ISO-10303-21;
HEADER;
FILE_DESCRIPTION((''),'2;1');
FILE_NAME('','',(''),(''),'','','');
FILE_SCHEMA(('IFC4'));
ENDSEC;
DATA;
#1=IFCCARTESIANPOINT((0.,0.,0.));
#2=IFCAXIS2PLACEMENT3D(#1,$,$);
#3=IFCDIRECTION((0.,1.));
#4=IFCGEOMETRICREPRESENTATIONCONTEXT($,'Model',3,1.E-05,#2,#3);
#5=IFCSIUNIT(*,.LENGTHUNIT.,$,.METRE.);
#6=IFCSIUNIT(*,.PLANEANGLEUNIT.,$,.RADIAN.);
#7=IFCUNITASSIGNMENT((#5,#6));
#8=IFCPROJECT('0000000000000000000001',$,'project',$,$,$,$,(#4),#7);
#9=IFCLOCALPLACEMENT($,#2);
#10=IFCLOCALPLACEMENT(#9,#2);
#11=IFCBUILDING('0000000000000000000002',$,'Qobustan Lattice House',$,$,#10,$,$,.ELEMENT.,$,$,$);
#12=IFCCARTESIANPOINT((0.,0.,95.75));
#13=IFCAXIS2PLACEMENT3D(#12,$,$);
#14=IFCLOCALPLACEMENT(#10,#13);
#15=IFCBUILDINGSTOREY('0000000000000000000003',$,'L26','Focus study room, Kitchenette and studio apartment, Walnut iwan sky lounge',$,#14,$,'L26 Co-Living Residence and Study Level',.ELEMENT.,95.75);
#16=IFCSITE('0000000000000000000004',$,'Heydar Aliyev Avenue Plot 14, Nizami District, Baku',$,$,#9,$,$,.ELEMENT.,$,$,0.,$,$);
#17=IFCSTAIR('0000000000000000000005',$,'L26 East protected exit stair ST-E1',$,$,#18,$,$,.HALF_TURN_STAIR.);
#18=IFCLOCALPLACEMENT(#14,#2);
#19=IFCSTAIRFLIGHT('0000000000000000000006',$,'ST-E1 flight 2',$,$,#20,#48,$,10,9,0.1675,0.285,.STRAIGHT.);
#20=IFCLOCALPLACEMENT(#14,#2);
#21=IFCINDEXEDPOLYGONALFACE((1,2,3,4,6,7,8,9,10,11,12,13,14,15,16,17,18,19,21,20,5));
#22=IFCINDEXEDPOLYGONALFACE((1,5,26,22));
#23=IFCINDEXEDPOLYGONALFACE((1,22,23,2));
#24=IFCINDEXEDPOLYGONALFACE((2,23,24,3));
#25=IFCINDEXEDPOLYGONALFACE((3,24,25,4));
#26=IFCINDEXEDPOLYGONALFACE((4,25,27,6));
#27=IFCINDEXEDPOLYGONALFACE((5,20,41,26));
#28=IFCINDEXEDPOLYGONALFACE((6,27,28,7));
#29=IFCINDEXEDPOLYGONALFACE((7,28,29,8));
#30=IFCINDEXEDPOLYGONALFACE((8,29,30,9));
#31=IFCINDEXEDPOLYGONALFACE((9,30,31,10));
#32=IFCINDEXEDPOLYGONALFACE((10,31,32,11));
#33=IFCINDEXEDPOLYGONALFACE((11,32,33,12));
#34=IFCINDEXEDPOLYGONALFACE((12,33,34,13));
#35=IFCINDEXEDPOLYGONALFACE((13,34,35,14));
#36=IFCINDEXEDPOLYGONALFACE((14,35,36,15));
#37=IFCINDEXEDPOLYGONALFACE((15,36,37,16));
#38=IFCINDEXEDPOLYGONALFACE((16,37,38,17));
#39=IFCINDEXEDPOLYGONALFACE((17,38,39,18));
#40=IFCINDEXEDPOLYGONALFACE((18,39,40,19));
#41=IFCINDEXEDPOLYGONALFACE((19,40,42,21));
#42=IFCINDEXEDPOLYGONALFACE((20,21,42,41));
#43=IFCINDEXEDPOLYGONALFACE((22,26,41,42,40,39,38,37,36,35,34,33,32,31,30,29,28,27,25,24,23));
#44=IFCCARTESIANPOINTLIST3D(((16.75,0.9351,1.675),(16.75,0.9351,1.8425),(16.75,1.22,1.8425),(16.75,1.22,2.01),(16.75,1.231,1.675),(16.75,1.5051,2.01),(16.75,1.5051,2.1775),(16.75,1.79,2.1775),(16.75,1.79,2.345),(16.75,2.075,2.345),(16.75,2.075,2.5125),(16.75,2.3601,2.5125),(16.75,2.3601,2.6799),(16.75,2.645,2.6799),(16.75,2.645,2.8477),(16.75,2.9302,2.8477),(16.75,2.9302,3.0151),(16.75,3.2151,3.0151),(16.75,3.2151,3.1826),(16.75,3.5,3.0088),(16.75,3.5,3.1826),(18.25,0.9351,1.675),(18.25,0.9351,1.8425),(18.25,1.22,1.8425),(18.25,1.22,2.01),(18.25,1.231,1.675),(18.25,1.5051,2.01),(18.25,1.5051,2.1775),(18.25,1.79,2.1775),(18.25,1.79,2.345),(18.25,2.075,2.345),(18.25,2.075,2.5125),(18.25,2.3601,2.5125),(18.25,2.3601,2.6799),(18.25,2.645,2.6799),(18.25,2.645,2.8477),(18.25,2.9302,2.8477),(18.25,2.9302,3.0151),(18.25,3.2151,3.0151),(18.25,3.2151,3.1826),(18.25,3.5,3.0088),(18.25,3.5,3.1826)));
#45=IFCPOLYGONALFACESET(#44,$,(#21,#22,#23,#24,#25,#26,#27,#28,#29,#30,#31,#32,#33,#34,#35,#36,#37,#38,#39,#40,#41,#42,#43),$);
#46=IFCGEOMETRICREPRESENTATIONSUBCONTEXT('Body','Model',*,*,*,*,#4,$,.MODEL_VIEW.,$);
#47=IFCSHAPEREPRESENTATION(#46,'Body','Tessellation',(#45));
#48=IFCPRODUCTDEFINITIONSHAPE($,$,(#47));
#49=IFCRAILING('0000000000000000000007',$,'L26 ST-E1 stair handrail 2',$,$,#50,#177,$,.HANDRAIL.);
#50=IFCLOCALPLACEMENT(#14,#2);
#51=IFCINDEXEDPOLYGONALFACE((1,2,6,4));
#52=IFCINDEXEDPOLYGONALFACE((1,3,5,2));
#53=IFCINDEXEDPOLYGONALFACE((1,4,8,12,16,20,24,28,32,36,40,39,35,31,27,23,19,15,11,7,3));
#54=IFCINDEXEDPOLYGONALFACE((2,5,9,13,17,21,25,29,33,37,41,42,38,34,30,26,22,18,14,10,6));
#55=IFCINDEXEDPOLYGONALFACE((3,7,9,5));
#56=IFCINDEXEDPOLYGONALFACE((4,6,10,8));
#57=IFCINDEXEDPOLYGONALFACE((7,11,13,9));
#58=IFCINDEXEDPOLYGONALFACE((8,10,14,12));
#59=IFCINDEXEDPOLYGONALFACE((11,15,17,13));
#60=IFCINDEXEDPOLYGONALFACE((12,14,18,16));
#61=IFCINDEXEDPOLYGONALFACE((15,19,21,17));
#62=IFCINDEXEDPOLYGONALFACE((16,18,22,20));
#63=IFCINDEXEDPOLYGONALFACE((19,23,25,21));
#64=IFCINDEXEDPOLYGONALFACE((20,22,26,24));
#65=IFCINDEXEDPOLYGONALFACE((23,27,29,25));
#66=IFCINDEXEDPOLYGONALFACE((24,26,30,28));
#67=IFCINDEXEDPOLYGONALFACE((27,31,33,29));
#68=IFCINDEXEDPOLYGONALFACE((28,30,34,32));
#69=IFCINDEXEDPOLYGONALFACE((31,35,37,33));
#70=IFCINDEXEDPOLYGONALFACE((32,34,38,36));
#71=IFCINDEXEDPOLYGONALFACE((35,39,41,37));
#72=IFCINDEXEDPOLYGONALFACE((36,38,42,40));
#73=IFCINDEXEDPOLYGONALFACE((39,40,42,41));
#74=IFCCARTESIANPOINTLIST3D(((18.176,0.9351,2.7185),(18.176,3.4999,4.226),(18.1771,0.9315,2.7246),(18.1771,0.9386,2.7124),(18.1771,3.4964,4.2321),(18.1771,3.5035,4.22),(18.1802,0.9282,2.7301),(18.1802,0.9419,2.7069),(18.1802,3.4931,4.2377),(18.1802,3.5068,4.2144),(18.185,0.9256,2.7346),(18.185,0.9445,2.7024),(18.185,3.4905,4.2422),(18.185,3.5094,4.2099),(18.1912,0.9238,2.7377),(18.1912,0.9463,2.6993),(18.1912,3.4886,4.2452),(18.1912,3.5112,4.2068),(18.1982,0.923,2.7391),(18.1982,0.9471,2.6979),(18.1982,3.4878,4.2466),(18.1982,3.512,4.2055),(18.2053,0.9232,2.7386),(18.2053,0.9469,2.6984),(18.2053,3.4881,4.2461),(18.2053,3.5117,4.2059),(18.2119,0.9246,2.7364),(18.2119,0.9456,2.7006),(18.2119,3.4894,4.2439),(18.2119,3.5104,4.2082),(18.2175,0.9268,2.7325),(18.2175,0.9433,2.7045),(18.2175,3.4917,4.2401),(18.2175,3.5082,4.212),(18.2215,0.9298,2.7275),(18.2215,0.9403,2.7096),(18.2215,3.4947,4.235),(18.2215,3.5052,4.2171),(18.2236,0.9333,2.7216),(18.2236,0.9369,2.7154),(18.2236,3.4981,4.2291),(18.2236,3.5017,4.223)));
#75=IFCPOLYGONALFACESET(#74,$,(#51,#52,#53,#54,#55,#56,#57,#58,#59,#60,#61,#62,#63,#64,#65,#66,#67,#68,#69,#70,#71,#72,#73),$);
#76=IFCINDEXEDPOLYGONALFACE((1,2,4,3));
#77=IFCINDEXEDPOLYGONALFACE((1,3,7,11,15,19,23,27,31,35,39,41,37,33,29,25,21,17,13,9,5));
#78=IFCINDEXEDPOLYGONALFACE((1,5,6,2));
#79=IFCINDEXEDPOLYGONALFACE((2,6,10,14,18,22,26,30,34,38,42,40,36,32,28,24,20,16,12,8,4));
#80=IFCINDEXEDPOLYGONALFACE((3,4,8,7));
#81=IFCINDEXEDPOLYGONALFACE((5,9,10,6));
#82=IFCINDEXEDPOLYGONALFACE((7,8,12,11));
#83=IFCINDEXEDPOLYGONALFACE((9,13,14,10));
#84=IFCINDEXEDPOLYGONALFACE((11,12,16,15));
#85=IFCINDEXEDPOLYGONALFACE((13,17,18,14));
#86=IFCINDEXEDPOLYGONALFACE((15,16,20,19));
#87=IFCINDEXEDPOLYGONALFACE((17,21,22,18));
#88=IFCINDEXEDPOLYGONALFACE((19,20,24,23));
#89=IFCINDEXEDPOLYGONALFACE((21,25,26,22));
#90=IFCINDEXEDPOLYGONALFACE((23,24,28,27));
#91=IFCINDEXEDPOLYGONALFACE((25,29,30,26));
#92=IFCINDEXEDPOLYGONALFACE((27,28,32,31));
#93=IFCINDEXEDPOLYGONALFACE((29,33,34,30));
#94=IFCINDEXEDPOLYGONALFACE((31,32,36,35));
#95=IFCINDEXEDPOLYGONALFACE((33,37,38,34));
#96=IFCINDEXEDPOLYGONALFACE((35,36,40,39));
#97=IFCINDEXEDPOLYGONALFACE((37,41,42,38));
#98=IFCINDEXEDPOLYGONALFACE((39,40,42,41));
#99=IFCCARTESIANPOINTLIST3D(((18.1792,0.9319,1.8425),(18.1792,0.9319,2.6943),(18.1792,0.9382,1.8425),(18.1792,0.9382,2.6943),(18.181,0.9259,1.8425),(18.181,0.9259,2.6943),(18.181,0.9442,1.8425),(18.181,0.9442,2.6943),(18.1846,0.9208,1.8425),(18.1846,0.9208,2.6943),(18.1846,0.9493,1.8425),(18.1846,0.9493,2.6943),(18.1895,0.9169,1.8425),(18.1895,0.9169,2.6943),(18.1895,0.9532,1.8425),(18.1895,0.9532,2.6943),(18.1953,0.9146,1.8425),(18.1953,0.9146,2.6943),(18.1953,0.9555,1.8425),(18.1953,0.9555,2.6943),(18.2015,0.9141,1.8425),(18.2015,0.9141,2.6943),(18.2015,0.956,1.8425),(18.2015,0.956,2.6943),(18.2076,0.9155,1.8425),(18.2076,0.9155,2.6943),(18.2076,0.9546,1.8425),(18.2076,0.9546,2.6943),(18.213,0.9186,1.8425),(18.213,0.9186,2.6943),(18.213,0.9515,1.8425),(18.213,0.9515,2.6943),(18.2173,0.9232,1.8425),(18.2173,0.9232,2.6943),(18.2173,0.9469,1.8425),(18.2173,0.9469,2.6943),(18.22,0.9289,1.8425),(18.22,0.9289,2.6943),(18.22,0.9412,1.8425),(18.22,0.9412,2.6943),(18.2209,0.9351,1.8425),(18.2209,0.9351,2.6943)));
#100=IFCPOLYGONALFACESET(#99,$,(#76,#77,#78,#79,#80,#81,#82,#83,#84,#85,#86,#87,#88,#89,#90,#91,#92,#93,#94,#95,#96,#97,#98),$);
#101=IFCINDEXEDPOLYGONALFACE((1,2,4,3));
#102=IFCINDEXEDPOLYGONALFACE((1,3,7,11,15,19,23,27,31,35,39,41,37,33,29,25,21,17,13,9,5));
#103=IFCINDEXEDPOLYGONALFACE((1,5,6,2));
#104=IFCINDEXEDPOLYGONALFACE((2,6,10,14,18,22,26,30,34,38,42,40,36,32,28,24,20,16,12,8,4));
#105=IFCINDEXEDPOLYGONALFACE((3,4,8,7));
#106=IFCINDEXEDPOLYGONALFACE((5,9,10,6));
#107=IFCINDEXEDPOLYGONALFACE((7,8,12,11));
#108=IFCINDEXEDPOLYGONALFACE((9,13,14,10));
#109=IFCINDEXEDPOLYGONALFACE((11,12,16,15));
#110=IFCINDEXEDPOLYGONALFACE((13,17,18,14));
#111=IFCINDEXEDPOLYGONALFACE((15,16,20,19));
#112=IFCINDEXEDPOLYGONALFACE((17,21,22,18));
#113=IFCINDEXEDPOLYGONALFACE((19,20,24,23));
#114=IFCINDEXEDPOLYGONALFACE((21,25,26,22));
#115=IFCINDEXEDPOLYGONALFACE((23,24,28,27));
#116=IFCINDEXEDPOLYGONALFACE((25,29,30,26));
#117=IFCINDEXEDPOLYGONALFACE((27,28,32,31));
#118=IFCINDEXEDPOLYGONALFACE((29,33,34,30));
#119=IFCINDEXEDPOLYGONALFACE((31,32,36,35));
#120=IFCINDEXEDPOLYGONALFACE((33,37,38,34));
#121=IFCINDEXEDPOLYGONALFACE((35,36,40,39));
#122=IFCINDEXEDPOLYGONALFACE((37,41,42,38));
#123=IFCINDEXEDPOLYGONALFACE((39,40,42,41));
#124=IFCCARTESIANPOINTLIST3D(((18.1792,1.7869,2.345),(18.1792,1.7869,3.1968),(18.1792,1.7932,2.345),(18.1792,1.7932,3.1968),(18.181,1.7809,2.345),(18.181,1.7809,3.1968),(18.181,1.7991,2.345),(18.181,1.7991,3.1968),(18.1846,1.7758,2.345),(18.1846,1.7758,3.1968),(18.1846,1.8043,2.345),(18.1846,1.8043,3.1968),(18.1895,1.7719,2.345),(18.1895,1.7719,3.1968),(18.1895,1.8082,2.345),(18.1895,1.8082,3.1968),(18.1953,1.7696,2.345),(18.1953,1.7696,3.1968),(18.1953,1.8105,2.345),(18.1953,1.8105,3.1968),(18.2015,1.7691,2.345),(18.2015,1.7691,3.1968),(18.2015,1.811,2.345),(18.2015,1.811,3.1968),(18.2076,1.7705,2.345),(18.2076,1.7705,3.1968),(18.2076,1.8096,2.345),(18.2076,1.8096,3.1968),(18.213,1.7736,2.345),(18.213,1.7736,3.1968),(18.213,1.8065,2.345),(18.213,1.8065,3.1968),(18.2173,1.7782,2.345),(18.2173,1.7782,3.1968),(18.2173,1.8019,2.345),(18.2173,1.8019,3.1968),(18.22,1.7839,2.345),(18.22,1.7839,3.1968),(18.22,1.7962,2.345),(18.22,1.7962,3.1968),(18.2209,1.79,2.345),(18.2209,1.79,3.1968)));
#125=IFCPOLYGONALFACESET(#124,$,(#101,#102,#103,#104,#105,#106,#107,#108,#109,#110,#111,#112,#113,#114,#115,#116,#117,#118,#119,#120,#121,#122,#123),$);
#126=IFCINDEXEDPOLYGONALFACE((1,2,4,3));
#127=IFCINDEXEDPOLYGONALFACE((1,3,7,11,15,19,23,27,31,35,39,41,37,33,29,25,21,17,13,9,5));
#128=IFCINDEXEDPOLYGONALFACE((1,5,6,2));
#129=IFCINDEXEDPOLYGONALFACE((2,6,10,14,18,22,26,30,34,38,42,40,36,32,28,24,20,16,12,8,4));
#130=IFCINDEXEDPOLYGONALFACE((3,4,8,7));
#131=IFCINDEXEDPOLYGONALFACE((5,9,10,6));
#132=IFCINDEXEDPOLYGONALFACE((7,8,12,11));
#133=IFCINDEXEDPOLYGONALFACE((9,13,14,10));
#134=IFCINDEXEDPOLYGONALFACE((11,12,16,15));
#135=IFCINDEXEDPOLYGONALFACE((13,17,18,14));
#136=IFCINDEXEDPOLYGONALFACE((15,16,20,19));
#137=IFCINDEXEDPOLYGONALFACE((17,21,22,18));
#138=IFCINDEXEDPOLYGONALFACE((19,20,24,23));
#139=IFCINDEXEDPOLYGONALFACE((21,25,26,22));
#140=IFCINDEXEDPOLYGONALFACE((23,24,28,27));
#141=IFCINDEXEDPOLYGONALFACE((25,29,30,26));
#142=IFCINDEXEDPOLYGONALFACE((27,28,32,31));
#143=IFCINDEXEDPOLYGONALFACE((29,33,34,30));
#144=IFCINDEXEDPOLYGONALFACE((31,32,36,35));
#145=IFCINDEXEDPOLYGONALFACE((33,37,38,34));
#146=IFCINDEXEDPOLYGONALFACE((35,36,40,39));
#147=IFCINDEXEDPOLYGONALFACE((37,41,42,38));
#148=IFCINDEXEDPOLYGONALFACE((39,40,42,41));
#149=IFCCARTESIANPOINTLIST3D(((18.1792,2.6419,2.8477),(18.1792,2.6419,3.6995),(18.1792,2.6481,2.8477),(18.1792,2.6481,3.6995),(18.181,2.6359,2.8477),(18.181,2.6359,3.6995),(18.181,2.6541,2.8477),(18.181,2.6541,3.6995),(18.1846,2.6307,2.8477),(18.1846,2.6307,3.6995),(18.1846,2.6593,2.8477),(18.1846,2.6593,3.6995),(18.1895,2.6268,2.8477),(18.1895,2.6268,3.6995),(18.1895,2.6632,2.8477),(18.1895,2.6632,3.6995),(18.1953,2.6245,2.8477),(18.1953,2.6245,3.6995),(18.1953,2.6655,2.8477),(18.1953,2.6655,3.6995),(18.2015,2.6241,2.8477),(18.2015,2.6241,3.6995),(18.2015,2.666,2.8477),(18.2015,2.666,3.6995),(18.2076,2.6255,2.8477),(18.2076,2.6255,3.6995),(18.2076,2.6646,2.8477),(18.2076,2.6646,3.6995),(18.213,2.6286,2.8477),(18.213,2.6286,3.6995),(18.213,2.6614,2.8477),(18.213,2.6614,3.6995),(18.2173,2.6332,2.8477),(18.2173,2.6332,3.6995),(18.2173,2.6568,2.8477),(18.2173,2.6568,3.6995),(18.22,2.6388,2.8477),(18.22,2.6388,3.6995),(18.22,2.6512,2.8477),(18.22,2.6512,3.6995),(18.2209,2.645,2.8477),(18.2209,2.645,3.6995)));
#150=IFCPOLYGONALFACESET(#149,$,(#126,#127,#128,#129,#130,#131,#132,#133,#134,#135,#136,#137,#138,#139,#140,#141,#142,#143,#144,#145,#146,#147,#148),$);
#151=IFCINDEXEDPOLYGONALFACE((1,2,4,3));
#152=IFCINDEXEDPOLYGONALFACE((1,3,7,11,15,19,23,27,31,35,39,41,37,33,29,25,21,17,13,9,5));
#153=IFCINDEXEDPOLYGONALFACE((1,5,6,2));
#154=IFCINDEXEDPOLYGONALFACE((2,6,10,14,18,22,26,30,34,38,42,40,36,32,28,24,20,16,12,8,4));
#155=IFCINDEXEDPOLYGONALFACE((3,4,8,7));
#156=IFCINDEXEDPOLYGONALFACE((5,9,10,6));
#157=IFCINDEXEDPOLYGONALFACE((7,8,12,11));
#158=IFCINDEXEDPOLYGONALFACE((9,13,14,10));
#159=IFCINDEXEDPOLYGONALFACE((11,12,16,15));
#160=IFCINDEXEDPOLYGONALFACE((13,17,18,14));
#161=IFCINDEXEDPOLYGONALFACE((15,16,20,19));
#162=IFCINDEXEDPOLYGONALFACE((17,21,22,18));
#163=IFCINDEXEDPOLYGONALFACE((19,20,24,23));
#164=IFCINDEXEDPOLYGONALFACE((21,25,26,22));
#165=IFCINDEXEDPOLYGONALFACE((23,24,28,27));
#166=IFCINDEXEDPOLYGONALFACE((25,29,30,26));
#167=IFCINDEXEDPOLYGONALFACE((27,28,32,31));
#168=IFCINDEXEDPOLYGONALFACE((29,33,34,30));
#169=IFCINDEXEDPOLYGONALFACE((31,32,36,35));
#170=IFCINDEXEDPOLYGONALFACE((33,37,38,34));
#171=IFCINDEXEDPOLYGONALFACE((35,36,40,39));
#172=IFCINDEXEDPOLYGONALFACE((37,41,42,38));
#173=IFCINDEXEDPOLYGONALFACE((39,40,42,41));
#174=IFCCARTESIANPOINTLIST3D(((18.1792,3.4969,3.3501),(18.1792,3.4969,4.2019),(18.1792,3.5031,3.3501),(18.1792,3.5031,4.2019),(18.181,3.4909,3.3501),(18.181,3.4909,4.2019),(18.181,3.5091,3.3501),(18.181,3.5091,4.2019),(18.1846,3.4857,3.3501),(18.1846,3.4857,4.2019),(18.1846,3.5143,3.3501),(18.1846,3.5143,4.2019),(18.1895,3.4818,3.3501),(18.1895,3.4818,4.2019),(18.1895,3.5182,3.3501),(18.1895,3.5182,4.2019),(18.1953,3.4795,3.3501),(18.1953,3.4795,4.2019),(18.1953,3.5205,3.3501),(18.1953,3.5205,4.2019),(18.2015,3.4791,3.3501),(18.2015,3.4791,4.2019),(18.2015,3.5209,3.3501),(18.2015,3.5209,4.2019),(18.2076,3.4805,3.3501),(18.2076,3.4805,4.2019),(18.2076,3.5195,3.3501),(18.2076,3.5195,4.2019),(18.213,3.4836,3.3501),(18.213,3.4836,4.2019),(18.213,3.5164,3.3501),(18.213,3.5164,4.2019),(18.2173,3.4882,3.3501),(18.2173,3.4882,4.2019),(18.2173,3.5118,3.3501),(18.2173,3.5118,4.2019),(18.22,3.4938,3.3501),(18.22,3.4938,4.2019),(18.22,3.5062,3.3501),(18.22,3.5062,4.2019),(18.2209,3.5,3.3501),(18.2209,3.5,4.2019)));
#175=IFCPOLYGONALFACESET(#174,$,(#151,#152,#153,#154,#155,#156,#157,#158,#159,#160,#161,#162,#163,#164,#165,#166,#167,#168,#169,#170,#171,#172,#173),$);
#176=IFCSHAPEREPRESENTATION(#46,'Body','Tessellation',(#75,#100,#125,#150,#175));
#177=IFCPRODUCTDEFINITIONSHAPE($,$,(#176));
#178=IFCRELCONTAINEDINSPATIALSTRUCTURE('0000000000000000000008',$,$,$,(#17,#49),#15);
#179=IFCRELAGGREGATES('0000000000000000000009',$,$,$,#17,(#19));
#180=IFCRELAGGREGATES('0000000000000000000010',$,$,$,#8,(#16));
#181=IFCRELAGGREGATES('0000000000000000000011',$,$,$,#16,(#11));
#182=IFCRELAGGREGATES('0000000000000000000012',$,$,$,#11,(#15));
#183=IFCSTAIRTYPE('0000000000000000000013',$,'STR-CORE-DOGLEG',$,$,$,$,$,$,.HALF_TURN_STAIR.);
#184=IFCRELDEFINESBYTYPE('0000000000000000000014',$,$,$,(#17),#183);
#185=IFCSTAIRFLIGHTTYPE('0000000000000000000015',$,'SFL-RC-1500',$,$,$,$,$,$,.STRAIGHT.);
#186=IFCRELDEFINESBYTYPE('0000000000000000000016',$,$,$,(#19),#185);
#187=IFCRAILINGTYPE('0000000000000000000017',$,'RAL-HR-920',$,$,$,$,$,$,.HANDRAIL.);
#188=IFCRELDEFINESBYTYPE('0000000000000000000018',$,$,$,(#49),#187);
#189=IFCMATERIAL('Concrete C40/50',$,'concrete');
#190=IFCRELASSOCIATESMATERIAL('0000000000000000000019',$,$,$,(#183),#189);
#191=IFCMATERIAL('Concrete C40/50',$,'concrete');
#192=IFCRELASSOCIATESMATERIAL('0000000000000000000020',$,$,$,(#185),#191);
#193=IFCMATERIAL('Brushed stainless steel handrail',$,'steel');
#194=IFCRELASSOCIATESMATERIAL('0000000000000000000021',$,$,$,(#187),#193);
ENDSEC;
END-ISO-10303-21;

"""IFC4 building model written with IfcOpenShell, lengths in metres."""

from ifc_helpers import new_model, si_unit, direction, frame, origin, origin_2d, place, context, subcontext, project, spatial, polyline, circle, outline, extrude, material, type_object, element, aggregate, save


model = new_model("IFC4")

# Units and contexts
model_context = context("Model", 3, precision=1e-05, world=origin(), true_north=direction((0.0, 1.0)))
body_context = subcontext(model_context, "Body", "Model", "MODEL_VIEW")
ifc_project = project(units=[si_unit("LENGTHUNIT", "METRE"), si_unit("PLANEANGLEUNIT", "RADIAN")], contexts=[model_context])

# Site, building, storey
site_placement = place(None, origin())
site = spatial("IfcSite", under=ifc_project, at=site_placement, Name="Heydar Aliyev Avenue Plot 14, Nizami District, Baku", CompositionType="ELEMENT", RefElevation=0.0)
building_placement = place(site_placement, origin())
building = spatial("IfcBuilding", under=site, at=building_placement, Name="Qobustan Lattice House", CompositionType="ELEMENT")
storey_placement = place(building_placement, frame((0.0, 0.0, 95.75)))
storey = spatial("IfcBuildingStorey", under=building, at=storey_placement, Name="L26", Description="Focus study room, Kitchenette and studio apartment, Walnut iwan sky lounge", LongName="L26 Co-Living Residence and Study Level", CompositionType="ELEMENT", Elevation=95.75)

# Stair, stair flight
ifc_material_1 = material(Name="Concrete C40/50", Category="concrete")
stair_type = type_object("IfcStairType", Name="STR-CORE-DOGLEG", PredefinedType="HALF_TURN_STAIR", material=ifc_material_1)
stair_placement = place(storey_placement, origin())
stair = element("IfcStair", 1, at=stair_placement, inside=storey, type_object=stair_type, Name="L26 East protected exit stair ST-E1", PredefinedType="HALF_TURN_STAIR")
ifc_material_2 = material(Name="Concrete C40/50", Category="concrete")
stair_flight_type = type_object("IfcStairFlightType", Name="SFL-RC-1500", PredefinedType="STRAIGHT", material=ifc_material_2)
stair_flight_placement = place(storey_placement, frame((17.5, 0.9351, 1.675), z_axis=(0.0, 0.0, 1.0), x_axis=(0.0, 1.0, 0.0)))
stair_flight = element("IfcStairFlight", 2, at=stair_flight_placement, type_object=stair_flight_type, Name="ST-E1 flight 2", NumberOfRisers=10, NumberOfTreads=9, PredefinedType="STRAIGHT", RiserHeight=0.1675, TreadLength=0.285, context=body_context, shape_type="SweptSolid", body=[
    extrude(outline(polyline([(0.0, 0.0), (0.0, 0.1675), (0.2849, 0.1675), (0.2849, 0.335), (0.5701, 0.335), (0.5701, 0.5024), (0.855, 0.5024), (0.855, 0.6699), (1.1399, 0.6699), (1.1399, 0.8374), (1.425, 0.8374), (1.425, 1.0049), (1.71, 1.0049), (1.71, 1.1726), (1.9951, 1.1726), (1.9951, 1.3401), (2.28, 1.3401), (2.28, 1.5076), (2.5649, 1.5076), (2.5649, 1.675), (2.5649, 1.3337), (0.2959, 0.0), (0.0, 0.0)])), frame((0.0, 0.75, 0.0), z_axis=(0.0, -1.0, 0.0), x_axis=(1.0, 0.0, 0.0)), (0.0, 0.0, 1.0), 1.5),
])
aggregate(stair, [stair_flight])

# Railing
ifc_material_3 = material(Name="Brushed stainless steel handrail", Category="steel")
railing_type = type_object("IfcRailingType", Name="RAL-HR-920", PredefinedType="HANDRAIL", material=ifc_material_3)
railing_placement = place(storey_placement, frame((18.2, 0.9351, 1.8425)))
element("IfcRailing", 3, at=railing_placement, inside=storey, type_object=railing_type, Name="L26 ST-E1 stair handrail 2", PredefinedType="HANDRAIL", context=body_context, shape_type="SweptSolid", body=[
    extrude(circle(Radius=0.0239, at=origin_2d()), frame((0.0, 0.0, 0.876), z_axis=(0.0, 0.862113, 0.506715), x_axis=(-1.0, 0.0, 0.0)), (0.0, 0.0, 1.0), 2.9751),
    extrude(circle(Radius=0.021, at=origin_2d()), origin(), (0.0, 0.0, 1.0), 0.8518),
    extrude(circle(Radius=0.021, at=origin_2d()), frame((0.0, 0.855, 0.5024)), (0.0, 0.0, 1.0), 0.8518),
    extrude(circle(Radius=0.021, at=origin_2d()), frame((0.0, 1.71, 1.0051)), (0.0, 0.0, 1.0), 0.8518),
    extrude(circle(Radius=0.021, at=origin_2d()), frame((0.0, 2.5649, 1.5076)), (0.0, 0.0, 1.0), 0.8518),
])

save(model, "model.ifc")
